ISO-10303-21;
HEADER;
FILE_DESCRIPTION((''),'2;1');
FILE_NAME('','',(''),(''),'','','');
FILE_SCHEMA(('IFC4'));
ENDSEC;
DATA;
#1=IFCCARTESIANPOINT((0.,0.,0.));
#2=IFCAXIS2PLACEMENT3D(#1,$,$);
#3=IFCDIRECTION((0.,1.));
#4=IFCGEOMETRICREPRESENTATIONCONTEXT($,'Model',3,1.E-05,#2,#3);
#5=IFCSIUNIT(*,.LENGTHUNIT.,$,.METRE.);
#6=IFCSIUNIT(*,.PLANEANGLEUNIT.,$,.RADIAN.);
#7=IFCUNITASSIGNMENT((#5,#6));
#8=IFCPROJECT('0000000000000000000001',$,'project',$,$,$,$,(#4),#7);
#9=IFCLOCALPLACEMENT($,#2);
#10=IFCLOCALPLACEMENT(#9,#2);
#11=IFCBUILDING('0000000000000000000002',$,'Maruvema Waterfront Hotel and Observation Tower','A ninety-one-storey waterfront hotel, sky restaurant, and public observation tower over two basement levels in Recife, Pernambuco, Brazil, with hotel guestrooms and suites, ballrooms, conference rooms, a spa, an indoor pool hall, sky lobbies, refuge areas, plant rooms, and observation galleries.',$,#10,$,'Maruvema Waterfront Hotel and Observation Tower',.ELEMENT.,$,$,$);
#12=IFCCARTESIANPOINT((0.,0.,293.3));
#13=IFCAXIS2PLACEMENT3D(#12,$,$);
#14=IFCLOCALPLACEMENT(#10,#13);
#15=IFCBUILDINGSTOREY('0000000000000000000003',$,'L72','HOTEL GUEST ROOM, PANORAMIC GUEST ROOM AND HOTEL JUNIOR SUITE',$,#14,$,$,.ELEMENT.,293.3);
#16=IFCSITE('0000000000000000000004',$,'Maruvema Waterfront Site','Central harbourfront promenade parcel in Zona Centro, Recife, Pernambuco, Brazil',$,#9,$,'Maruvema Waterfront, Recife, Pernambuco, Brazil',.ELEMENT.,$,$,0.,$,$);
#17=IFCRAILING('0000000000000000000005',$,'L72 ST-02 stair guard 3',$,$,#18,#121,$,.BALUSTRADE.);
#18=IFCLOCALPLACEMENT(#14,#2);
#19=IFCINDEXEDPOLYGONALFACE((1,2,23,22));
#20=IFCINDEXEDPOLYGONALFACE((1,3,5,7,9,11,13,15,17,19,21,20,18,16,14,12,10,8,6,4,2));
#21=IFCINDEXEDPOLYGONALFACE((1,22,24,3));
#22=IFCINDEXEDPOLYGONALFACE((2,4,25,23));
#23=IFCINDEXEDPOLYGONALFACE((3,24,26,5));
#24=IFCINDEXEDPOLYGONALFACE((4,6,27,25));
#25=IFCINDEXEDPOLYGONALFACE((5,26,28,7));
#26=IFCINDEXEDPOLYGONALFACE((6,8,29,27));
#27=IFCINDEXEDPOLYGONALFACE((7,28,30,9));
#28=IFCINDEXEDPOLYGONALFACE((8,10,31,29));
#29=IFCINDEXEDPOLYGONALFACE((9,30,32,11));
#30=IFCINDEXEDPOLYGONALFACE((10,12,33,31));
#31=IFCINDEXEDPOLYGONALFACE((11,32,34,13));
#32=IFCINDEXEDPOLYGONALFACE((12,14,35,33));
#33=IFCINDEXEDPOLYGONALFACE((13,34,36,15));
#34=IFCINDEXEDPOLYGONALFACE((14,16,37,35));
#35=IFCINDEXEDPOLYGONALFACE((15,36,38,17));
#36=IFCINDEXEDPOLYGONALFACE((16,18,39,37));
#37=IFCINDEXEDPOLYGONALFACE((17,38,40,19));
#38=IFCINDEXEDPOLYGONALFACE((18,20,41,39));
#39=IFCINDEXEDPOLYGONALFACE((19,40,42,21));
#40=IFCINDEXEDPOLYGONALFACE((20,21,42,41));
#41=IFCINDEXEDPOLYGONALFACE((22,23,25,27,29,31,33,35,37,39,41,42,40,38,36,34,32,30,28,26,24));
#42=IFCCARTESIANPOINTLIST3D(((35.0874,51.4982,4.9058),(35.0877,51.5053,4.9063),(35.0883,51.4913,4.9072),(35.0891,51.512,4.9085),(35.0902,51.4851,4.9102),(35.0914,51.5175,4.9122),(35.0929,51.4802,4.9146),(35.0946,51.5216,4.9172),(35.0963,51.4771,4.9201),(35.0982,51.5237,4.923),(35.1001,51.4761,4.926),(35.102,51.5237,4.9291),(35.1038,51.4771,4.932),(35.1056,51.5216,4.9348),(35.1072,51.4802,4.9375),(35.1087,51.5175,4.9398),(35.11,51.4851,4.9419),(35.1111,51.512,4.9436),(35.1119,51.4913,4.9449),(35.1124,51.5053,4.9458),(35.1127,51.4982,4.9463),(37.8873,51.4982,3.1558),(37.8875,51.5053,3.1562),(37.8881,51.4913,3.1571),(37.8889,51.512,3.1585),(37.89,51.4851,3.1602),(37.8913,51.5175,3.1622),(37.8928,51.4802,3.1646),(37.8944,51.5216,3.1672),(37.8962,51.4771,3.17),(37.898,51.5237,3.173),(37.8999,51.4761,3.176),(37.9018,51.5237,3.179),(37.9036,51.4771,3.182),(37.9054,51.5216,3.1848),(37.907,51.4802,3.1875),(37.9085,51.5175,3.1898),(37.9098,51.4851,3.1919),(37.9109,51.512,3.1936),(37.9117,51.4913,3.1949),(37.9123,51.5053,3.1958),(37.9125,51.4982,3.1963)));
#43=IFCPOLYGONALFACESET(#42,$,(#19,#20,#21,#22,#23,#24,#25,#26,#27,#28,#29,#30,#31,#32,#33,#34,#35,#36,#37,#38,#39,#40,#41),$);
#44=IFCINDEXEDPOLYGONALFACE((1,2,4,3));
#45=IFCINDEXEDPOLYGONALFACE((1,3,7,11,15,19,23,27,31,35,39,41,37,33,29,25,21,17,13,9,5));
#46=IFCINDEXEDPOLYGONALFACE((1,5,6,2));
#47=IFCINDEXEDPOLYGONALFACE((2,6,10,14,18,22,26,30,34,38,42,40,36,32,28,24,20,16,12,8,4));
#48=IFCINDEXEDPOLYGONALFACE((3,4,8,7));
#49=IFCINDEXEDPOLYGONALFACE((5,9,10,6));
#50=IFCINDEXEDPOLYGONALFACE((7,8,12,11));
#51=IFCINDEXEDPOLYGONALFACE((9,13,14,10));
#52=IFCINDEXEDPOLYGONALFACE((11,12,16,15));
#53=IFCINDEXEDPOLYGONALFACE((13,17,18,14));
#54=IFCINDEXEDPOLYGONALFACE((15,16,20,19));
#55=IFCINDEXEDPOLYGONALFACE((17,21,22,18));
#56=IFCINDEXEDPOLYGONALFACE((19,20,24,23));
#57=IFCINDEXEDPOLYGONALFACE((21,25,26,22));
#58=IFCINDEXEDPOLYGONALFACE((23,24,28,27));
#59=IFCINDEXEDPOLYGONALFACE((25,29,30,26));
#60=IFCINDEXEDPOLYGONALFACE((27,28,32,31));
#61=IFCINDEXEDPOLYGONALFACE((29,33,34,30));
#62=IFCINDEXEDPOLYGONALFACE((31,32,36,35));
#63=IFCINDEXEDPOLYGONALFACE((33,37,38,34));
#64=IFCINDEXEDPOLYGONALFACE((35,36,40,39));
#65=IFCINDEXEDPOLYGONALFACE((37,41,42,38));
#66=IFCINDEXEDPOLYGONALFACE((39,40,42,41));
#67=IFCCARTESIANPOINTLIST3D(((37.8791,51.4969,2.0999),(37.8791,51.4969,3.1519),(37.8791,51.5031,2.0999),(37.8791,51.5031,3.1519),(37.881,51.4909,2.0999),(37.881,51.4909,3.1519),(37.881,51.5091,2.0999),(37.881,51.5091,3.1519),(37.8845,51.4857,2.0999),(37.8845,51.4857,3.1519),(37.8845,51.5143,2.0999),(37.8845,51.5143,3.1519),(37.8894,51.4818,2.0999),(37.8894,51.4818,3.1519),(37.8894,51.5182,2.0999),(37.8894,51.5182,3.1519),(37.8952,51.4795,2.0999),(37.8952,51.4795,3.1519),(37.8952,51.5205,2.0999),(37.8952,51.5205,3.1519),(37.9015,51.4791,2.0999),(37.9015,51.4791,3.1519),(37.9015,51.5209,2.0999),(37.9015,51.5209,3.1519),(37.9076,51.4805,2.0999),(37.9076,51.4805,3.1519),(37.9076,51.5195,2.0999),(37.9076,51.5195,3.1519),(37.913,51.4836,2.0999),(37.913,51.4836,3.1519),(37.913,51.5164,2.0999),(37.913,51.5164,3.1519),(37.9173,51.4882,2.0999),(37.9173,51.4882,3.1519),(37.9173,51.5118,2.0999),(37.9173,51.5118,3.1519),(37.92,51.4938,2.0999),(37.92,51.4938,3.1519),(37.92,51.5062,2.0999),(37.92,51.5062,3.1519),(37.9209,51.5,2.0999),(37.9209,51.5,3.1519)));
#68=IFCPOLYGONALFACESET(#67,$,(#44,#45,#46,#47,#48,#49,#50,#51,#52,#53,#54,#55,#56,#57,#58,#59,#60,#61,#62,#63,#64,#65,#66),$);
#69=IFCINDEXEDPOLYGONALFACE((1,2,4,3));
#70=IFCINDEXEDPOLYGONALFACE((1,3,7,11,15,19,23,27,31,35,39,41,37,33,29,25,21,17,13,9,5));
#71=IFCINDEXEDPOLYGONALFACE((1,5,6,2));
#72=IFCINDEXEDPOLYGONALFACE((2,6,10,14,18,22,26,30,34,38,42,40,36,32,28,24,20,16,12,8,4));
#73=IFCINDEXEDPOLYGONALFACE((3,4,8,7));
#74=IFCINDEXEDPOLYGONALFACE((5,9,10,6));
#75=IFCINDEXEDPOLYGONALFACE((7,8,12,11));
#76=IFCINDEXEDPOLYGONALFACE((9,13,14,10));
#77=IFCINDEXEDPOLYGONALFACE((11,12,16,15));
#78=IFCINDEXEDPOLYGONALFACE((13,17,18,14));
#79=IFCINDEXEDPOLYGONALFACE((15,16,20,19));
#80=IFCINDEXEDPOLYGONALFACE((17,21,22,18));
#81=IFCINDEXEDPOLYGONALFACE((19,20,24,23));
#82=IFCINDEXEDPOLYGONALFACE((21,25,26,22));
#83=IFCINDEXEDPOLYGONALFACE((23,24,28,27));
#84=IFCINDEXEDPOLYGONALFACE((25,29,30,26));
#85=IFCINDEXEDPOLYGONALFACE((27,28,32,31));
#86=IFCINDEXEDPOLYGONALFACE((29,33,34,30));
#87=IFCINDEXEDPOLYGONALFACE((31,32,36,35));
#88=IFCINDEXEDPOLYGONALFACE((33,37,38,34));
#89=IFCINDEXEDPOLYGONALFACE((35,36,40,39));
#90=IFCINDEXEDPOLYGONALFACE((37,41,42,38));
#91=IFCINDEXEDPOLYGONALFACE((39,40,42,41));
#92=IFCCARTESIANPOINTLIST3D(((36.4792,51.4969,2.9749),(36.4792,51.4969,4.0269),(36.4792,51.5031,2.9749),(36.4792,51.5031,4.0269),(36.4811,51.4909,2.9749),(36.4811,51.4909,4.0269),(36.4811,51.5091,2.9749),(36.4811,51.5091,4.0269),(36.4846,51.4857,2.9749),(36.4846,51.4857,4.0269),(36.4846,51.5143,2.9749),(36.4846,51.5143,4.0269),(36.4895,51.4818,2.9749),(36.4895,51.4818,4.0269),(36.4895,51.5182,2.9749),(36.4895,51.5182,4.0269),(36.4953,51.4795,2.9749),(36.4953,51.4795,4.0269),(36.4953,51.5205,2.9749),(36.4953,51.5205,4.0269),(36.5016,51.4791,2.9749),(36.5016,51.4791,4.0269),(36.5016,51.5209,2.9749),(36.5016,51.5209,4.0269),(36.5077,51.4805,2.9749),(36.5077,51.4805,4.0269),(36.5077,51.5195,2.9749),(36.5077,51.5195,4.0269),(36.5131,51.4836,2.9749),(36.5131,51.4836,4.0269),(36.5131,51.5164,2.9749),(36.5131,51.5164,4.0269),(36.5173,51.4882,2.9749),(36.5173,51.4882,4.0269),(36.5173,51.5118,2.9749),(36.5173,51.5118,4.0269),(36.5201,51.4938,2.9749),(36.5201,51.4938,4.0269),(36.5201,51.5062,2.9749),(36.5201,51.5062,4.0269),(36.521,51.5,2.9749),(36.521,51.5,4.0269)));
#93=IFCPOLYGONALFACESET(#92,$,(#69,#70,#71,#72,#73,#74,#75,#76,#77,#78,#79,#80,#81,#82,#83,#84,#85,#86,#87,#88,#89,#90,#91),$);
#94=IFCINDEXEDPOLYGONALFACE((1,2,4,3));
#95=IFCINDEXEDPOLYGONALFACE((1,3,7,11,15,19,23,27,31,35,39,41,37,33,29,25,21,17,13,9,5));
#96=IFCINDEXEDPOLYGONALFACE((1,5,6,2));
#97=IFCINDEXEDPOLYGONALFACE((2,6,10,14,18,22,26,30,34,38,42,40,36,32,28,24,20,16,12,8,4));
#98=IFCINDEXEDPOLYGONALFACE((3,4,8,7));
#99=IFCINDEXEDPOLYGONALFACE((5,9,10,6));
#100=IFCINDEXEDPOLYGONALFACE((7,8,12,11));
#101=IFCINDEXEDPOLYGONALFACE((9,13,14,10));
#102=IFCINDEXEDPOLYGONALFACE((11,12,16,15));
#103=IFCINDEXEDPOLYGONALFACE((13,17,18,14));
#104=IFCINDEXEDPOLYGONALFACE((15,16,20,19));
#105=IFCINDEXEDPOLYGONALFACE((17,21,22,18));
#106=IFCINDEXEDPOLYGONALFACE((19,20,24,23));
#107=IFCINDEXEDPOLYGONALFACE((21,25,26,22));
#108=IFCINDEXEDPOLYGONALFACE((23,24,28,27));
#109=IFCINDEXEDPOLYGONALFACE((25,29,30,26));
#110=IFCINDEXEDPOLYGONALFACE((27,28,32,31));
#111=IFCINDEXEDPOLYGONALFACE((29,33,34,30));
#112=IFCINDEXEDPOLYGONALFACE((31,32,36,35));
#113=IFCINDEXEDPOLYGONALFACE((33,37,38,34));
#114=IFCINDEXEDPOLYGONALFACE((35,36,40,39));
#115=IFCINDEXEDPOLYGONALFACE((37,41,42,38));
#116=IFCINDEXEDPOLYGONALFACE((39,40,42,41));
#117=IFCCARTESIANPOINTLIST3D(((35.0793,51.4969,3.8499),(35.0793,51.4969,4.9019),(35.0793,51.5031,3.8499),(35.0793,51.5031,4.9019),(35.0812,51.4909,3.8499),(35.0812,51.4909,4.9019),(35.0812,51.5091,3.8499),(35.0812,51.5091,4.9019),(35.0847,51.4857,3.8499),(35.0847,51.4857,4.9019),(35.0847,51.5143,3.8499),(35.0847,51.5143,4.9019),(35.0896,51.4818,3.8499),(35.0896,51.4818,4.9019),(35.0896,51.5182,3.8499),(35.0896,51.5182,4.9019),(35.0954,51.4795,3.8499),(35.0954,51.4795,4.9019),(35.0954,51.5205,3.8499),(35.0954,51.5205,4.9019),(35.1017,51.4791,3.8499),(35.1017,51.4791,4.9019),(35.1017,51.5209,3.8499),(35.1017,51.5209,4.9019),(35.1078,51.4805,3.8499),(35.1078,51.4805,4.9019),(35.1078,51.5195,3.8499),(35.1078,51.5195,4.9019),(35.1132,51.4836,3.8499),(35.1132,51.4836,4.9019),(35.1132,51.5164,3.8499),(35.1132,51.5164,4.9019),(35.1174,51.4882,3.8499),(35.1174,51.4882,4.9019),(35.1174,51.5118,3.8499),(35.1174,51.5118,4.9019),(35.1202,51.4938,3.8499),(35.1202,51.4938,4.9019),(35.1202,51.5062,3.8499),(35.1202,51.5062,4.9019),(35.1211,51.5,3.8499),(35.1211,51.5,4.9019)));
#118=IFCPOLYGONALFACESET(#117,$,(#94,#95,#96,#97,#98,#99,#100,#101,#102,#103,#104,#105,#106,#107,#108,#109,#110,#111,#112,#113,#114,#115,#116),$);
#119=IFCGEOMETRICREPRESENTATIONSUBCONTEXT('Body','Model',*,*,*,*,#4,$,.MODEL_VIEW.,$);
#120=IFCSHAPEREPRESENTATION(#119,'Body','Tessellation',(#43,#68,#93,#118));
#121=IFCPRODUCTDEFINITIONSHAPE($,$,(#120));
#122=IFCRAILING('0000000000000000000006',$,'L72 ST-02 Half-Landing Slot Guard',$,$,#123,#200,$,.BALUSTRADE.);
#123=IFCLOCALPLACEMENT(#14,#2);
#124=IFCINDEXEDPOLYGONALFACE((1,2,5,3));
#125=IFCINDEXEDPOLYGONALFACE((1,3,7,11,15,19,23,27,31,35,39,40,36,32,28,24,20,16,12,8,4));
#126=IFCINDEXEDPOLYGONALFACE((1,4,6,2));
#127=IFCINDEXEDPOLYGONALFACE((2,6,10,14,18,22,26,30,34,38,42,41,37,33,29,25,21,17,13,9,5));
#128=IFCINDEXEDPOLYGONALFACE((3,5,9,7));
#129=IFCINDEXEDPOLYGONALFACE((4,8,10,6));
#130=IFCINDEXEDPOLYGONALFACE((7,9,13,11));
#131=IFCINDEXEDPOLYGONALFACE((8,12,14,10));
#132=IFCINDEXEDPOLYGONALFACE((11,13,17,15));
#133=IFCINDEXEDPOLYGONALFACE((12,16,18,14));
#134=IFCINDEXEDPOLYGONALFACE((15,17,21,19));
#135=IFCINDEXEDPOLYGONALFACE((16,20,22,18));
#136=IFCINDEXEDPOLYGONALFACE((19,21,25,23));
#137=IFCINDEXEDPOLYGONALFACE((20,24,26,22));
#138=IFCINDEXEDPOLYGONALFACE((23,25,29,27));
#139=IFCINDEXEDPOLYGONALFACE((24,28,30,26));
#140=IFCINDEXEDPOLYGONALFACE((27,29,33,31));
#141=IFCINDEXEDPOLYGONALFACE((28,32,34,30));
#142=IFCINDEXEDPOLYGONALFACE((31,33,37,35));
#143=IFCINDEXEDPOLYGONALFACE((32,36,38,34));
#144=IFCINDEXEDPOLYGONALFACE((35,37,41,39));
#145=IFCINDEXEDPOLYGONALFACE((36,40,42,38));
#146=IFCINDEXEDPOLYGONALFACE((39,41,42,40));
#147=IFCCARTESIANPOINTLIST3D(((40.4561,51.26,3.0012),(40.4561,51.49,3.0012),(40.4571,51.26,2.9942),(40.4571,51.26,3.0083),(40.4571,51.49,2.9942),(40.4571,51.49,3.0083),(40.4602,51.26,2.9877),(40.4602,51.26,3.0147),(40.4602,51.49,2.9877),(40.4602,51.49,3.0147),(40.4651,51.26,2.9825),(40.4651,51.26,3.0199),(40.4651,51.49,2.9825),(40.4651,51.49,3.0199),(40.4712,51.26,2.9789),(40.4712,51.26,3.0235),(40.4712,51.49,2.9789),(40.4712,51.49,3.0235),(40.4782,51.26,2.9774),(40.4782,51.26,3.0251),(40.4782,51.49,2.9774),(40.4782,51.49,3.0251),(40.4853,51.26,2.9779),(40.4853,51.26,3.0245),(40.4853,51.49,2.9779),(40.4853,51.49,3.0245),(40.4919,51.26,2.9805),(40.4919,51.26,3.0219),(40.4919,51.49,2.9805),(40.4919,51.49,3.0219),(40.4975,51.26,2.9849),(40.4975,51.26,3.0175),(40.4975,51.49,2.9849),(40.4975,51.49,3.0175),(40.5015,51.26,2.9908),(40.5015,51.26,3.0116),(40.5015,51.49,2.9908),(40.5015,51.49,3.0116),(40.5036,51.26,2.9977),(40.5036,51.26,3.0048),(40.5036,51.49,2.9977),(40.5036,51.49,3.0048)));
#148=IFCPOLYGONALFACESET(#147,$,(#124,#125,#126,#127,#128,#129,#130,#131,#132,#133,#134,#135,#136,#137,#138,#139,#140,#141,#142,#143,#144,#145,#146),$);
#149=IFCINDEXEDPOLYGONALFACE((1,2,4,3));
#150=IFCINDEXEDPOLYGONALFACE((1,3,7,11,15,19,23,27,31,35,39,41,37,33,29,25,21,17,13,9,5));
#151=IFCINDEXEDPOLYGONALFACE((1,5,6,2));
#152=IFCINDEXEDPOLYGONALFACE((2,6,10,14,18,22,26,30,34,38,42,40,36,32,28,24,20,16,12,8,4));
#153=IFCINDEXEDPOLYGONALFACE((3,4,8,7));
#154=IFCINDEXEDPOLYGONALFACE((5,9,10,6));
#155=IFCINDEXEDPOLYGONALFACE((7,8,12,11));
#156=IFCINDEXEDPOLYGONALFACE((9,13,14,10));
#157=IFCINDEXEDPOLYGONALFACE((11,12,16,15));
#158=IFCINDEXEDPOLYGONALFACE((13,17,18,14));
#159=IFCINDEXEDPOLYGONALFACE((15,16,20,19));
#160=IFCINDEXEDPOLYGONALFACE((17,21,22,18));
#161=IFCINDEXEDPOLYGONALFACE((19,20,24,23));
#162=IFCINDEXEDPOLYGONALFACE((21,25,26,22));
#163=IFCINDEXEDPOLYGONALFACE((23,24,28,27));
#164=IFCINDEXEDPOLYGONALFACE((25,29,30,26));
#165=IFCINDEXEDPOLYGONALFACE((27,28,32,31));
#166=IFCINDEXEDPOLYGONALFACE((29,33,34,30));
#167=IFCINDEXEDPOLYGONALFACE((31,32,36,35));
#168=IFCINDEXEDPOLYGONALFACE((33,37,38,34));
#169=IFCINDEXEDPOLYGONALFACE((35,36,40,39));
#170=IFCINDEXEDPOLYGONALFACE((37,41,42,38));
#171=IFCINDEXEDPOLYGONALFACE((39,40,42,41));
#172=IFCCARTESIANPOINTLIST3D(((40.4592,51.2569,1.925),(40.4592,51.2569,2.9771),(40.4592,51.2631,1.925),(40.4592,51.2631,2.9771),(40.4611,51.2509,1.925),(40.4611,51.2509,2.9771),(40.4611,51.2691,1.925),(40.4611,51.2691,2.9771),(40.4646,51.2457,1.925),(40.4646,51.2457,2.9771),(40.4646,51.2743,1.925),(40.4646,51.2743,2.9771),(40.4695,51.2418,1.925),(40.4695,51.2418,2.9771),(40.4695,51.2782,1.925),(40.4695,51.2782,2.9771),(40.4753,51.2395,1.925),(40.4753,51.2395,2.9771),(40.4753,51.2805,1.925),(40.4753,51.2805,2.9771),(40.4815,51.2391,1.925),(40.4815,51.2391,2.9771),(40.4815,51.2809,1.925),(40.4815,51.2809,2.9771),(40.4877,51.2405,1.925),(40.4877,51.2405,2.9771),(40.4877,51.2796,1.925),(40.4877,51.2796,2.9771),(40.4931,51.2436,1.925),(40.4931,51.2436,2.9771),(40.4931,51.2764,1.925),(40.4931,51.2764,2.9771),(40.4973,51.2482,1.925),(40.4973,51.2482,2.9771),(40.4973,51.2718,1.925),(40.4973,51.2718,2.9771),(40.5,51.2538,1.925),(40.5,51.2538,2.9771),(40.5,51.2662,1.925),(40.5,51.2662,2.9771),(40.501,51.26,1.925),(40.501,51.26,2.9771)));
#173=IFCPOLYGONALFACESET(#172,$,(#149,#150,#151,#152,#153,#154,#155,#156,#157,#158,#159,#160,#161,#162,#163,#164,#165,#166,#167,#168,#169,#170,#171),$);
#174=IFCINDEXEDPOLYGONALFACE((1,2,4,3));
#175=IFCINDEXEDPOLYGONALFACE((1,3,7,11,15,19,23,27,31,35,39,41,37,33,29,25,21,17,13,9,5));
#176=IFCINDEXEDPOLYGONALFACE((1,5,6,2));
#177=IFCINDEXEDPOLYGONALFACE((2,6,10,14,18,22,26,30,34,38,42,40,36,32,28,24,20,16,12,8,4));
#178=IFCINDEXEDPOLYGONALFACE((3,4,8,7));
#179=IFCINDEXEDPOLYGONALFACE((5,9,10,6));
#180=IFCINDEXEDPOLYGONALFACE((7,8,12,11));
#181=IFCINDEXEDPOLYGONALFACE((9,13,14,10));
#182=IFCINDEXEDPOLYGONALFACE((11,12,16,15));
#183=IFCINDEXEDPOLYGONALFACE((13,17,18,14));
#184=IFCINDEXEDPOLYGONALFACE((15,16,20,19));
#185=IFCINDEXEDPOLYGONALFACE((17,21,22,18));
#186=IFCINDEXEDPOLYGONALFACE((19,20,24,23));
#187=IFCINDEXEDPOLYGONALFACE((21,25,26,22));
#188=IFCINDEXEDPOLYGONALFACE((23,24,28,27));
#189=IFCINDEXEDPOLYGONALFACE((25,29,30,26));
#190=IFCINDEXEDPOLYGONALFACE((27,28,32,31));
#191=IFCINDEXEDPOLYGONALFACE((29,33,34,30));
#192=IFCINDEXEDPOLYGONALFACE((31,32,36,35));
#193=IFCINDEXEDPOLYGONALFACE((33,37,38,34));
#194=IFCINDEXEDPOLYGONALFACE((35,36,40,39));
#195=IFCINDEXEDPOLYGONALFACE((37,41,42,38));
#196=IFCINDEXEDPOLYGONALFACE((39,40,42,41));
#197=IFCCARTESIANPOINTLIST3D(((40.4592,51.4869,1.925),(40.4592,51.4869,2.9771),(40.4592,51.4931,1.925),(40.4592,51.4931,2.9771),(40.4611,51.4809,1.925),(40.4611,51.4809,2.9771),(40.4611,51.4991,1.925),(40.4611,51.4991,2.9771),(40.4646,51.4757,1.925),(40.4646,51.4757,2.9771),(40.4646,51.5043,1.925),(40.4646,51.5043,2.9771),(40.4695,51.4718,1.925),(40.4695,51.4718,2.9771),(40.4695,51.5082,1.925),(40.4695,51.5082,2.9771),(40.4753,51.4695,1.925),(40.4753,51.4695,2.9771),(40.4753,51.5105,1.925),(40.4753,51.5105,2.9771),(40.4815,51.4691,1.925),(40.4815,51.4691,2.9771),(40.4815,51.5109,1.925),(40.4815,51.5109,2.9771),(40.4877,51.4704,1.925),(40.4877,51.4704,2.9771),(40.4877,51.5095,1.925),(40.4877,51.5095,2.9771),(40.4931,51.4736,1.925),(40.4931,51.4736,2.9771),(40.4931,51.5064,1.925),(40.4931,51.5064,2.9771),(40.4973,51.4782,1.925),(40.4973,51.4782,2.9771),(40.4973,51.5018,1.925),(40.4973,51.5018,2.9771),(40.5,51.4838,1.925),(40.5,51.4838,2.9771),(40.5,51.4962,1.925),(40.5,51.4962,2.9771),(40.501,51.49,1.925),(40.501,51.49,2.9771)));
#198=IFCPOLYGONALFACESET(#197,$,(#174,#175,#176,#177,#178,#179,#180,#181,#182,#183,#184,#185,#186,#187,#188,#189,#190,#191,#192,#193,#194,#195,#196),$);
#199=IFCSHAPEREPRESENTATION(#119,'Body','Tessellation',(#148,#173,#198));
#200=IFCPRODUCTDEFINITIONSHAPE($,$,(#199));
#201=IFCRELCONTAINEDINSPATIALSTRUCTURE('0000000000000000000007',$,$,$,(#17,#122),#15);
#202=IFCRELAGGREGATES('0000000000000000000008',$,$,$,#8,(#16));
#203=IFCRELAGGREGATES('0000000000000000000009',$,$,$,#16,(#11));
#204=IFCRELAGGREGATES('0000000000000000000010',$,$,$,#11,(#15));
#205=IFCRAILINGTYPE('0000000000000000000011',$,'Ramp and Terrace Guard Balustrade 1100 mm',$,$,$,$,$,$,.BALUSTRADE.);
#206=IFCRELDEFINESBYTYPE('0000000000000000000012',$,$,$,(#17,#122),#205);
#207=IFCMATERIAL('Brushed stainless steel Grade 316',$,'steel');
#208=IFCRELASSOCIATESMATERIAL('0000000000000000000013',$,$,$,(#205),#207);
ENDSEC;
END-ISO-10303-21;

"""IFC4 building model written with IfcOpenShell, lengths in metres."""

from ifc_helpers import new_model, si_unit, direction, frame, origin, origin_2d, place, context, subcontext, project, spatial, circle, extrude, material, type_object, element, save


model = new_model("IFC4")

# Units and contexts
model_context = context("Model", 3, precision=1e-05, world=origin(), true_north=direction((0.0, 1.0)))
body_context = subcontext(model_context, "Body", "Model", "MODEL_VIEW")
ifc_project = project(units=[si_unit("LENGTHUNIT", "METRE"), si_unit("PLANEANGLEUNIT", "RADIAN")], contexts=[model_context])

# Site, building, storey
site_placement = place(None, origin())
site = spatial("IfcSite", under=ifc_project, at=site_placement, Name="Maruvema Waterfront Site", Description="Central harbourfront promenade parcel in Zona Centro, Recife, Pernambuco, Brazil", LongName="Maruvema Waterfront, Recife, Pernambuco, Brazil", CompositionType="ELEMENT", RefElevation=0.0)
building_placement = place(site_placement, origin())
building = spatial("IfcBuilding", under=site, at=building_placement, Name="Maruvema Waterfront Hotel and Observation Tower", Description="A ninety-one-storey waterfront hotel, sky restaurant, and public observation tower over two basement levels in Recife, Pernambuco, Brazil, with hotel guestrooms and suites, ballrooms, conference rooms, a spa, an indoor pool hall, sky lobbies, refuge areas, plant rooms, and observation galleries.", LongName="Maruvema Waterfront Hotel and Observation Tower", CompositionType="ELEMENT")
storey_placement = place(building_placement, frame((0.0, 0.0, 293.3)))
storey = spatial("IfcBuildingStorey", under=building, at=storey_placement, Name="L72", Description="HOTEL GUEST ROOM, PANORAMIC GUEST ROOM AND HOTEL JUNIOR SUITE", CompositionType="ELEMENT", Elevation=293.3)

# Railings
ifc_material_1 = material(Name="Brushed stainless steel Grade 316", Category="steel")
railing_type_1 = type_object("IfcRailingType", Name="Ramp and Terrace Guard Balustrade 1100 mm", PredefinedType="BALUSTRADE", material=ifc_material_1)
railing_1_placement = place(storey_placement, frame((37.8999, 51.5, 2.0999)))
element("IfcRailing", 1, at=railing_1_placement, inside=storey, type_object=railing_type_1, Name="L72 ST-02 stair guard 3", PredefinedType="BALUSTRADE", context=body_context, shape_type="SweptSolid", body=[
    extrude(circle(Radius=0.0239, at=origin_2d()), frame((0.0, 0.0, 1.0762), z_axis=(-0.847982, 0.0, 0.530026), x_axis=(0.0, -1.0, 0.0)), (0.0, 0.0, 1.0), 3.3018),
    extrude(circle(Radius=0.021, at=origin_2d()), origin(), (0.0, 0.0, 1.0), 1.052),
    extrude(circle(Radius=0.021, at=origin_2d()), frame((-1.3999, 0.0, 0.875)), (0.0, 0.0, 1.0), 1.052),
    extrude(circle(Radius=0.021, at=origin_2d()), frame((-2.7998, 0.0, 1.75)), (0.0, 0.0, 1.0), 1.052),
])
railing_2_placement = place(storey_placement, frame((40.48, 51.26, 1.925)))
element("IfcRailing", 2, at=railing_2_placement, inside=storey, type_object=railing_type_1, Name="L72 ST-02 Half-Landing Slot Guard", PredefinedType="BALUSTRADE", context=body_context, shape_type="SweptSolid", body=[
    extrude(circle(Radius=0.0239, at=origin_2d()), frame((0.0, 0.0, 1.0762), z_axis=(0.0, 1.0, 0.0), x_axis=(-1.0, 0.0, 0.0)), (0.0, 0.0, 1.0), 0.23),
    extrude(circle(Radius=0.021, at=origin_2d()), origin(), (0.0, 0.0, 1.0), 1.052),
    extrude(circle(Radius=0.021, at=origin_2d()), frame((0.0, 0.23, 0.0)), (0.0, 0.0, 1.0), 1.052),
])

save(model, "model.ifc")
